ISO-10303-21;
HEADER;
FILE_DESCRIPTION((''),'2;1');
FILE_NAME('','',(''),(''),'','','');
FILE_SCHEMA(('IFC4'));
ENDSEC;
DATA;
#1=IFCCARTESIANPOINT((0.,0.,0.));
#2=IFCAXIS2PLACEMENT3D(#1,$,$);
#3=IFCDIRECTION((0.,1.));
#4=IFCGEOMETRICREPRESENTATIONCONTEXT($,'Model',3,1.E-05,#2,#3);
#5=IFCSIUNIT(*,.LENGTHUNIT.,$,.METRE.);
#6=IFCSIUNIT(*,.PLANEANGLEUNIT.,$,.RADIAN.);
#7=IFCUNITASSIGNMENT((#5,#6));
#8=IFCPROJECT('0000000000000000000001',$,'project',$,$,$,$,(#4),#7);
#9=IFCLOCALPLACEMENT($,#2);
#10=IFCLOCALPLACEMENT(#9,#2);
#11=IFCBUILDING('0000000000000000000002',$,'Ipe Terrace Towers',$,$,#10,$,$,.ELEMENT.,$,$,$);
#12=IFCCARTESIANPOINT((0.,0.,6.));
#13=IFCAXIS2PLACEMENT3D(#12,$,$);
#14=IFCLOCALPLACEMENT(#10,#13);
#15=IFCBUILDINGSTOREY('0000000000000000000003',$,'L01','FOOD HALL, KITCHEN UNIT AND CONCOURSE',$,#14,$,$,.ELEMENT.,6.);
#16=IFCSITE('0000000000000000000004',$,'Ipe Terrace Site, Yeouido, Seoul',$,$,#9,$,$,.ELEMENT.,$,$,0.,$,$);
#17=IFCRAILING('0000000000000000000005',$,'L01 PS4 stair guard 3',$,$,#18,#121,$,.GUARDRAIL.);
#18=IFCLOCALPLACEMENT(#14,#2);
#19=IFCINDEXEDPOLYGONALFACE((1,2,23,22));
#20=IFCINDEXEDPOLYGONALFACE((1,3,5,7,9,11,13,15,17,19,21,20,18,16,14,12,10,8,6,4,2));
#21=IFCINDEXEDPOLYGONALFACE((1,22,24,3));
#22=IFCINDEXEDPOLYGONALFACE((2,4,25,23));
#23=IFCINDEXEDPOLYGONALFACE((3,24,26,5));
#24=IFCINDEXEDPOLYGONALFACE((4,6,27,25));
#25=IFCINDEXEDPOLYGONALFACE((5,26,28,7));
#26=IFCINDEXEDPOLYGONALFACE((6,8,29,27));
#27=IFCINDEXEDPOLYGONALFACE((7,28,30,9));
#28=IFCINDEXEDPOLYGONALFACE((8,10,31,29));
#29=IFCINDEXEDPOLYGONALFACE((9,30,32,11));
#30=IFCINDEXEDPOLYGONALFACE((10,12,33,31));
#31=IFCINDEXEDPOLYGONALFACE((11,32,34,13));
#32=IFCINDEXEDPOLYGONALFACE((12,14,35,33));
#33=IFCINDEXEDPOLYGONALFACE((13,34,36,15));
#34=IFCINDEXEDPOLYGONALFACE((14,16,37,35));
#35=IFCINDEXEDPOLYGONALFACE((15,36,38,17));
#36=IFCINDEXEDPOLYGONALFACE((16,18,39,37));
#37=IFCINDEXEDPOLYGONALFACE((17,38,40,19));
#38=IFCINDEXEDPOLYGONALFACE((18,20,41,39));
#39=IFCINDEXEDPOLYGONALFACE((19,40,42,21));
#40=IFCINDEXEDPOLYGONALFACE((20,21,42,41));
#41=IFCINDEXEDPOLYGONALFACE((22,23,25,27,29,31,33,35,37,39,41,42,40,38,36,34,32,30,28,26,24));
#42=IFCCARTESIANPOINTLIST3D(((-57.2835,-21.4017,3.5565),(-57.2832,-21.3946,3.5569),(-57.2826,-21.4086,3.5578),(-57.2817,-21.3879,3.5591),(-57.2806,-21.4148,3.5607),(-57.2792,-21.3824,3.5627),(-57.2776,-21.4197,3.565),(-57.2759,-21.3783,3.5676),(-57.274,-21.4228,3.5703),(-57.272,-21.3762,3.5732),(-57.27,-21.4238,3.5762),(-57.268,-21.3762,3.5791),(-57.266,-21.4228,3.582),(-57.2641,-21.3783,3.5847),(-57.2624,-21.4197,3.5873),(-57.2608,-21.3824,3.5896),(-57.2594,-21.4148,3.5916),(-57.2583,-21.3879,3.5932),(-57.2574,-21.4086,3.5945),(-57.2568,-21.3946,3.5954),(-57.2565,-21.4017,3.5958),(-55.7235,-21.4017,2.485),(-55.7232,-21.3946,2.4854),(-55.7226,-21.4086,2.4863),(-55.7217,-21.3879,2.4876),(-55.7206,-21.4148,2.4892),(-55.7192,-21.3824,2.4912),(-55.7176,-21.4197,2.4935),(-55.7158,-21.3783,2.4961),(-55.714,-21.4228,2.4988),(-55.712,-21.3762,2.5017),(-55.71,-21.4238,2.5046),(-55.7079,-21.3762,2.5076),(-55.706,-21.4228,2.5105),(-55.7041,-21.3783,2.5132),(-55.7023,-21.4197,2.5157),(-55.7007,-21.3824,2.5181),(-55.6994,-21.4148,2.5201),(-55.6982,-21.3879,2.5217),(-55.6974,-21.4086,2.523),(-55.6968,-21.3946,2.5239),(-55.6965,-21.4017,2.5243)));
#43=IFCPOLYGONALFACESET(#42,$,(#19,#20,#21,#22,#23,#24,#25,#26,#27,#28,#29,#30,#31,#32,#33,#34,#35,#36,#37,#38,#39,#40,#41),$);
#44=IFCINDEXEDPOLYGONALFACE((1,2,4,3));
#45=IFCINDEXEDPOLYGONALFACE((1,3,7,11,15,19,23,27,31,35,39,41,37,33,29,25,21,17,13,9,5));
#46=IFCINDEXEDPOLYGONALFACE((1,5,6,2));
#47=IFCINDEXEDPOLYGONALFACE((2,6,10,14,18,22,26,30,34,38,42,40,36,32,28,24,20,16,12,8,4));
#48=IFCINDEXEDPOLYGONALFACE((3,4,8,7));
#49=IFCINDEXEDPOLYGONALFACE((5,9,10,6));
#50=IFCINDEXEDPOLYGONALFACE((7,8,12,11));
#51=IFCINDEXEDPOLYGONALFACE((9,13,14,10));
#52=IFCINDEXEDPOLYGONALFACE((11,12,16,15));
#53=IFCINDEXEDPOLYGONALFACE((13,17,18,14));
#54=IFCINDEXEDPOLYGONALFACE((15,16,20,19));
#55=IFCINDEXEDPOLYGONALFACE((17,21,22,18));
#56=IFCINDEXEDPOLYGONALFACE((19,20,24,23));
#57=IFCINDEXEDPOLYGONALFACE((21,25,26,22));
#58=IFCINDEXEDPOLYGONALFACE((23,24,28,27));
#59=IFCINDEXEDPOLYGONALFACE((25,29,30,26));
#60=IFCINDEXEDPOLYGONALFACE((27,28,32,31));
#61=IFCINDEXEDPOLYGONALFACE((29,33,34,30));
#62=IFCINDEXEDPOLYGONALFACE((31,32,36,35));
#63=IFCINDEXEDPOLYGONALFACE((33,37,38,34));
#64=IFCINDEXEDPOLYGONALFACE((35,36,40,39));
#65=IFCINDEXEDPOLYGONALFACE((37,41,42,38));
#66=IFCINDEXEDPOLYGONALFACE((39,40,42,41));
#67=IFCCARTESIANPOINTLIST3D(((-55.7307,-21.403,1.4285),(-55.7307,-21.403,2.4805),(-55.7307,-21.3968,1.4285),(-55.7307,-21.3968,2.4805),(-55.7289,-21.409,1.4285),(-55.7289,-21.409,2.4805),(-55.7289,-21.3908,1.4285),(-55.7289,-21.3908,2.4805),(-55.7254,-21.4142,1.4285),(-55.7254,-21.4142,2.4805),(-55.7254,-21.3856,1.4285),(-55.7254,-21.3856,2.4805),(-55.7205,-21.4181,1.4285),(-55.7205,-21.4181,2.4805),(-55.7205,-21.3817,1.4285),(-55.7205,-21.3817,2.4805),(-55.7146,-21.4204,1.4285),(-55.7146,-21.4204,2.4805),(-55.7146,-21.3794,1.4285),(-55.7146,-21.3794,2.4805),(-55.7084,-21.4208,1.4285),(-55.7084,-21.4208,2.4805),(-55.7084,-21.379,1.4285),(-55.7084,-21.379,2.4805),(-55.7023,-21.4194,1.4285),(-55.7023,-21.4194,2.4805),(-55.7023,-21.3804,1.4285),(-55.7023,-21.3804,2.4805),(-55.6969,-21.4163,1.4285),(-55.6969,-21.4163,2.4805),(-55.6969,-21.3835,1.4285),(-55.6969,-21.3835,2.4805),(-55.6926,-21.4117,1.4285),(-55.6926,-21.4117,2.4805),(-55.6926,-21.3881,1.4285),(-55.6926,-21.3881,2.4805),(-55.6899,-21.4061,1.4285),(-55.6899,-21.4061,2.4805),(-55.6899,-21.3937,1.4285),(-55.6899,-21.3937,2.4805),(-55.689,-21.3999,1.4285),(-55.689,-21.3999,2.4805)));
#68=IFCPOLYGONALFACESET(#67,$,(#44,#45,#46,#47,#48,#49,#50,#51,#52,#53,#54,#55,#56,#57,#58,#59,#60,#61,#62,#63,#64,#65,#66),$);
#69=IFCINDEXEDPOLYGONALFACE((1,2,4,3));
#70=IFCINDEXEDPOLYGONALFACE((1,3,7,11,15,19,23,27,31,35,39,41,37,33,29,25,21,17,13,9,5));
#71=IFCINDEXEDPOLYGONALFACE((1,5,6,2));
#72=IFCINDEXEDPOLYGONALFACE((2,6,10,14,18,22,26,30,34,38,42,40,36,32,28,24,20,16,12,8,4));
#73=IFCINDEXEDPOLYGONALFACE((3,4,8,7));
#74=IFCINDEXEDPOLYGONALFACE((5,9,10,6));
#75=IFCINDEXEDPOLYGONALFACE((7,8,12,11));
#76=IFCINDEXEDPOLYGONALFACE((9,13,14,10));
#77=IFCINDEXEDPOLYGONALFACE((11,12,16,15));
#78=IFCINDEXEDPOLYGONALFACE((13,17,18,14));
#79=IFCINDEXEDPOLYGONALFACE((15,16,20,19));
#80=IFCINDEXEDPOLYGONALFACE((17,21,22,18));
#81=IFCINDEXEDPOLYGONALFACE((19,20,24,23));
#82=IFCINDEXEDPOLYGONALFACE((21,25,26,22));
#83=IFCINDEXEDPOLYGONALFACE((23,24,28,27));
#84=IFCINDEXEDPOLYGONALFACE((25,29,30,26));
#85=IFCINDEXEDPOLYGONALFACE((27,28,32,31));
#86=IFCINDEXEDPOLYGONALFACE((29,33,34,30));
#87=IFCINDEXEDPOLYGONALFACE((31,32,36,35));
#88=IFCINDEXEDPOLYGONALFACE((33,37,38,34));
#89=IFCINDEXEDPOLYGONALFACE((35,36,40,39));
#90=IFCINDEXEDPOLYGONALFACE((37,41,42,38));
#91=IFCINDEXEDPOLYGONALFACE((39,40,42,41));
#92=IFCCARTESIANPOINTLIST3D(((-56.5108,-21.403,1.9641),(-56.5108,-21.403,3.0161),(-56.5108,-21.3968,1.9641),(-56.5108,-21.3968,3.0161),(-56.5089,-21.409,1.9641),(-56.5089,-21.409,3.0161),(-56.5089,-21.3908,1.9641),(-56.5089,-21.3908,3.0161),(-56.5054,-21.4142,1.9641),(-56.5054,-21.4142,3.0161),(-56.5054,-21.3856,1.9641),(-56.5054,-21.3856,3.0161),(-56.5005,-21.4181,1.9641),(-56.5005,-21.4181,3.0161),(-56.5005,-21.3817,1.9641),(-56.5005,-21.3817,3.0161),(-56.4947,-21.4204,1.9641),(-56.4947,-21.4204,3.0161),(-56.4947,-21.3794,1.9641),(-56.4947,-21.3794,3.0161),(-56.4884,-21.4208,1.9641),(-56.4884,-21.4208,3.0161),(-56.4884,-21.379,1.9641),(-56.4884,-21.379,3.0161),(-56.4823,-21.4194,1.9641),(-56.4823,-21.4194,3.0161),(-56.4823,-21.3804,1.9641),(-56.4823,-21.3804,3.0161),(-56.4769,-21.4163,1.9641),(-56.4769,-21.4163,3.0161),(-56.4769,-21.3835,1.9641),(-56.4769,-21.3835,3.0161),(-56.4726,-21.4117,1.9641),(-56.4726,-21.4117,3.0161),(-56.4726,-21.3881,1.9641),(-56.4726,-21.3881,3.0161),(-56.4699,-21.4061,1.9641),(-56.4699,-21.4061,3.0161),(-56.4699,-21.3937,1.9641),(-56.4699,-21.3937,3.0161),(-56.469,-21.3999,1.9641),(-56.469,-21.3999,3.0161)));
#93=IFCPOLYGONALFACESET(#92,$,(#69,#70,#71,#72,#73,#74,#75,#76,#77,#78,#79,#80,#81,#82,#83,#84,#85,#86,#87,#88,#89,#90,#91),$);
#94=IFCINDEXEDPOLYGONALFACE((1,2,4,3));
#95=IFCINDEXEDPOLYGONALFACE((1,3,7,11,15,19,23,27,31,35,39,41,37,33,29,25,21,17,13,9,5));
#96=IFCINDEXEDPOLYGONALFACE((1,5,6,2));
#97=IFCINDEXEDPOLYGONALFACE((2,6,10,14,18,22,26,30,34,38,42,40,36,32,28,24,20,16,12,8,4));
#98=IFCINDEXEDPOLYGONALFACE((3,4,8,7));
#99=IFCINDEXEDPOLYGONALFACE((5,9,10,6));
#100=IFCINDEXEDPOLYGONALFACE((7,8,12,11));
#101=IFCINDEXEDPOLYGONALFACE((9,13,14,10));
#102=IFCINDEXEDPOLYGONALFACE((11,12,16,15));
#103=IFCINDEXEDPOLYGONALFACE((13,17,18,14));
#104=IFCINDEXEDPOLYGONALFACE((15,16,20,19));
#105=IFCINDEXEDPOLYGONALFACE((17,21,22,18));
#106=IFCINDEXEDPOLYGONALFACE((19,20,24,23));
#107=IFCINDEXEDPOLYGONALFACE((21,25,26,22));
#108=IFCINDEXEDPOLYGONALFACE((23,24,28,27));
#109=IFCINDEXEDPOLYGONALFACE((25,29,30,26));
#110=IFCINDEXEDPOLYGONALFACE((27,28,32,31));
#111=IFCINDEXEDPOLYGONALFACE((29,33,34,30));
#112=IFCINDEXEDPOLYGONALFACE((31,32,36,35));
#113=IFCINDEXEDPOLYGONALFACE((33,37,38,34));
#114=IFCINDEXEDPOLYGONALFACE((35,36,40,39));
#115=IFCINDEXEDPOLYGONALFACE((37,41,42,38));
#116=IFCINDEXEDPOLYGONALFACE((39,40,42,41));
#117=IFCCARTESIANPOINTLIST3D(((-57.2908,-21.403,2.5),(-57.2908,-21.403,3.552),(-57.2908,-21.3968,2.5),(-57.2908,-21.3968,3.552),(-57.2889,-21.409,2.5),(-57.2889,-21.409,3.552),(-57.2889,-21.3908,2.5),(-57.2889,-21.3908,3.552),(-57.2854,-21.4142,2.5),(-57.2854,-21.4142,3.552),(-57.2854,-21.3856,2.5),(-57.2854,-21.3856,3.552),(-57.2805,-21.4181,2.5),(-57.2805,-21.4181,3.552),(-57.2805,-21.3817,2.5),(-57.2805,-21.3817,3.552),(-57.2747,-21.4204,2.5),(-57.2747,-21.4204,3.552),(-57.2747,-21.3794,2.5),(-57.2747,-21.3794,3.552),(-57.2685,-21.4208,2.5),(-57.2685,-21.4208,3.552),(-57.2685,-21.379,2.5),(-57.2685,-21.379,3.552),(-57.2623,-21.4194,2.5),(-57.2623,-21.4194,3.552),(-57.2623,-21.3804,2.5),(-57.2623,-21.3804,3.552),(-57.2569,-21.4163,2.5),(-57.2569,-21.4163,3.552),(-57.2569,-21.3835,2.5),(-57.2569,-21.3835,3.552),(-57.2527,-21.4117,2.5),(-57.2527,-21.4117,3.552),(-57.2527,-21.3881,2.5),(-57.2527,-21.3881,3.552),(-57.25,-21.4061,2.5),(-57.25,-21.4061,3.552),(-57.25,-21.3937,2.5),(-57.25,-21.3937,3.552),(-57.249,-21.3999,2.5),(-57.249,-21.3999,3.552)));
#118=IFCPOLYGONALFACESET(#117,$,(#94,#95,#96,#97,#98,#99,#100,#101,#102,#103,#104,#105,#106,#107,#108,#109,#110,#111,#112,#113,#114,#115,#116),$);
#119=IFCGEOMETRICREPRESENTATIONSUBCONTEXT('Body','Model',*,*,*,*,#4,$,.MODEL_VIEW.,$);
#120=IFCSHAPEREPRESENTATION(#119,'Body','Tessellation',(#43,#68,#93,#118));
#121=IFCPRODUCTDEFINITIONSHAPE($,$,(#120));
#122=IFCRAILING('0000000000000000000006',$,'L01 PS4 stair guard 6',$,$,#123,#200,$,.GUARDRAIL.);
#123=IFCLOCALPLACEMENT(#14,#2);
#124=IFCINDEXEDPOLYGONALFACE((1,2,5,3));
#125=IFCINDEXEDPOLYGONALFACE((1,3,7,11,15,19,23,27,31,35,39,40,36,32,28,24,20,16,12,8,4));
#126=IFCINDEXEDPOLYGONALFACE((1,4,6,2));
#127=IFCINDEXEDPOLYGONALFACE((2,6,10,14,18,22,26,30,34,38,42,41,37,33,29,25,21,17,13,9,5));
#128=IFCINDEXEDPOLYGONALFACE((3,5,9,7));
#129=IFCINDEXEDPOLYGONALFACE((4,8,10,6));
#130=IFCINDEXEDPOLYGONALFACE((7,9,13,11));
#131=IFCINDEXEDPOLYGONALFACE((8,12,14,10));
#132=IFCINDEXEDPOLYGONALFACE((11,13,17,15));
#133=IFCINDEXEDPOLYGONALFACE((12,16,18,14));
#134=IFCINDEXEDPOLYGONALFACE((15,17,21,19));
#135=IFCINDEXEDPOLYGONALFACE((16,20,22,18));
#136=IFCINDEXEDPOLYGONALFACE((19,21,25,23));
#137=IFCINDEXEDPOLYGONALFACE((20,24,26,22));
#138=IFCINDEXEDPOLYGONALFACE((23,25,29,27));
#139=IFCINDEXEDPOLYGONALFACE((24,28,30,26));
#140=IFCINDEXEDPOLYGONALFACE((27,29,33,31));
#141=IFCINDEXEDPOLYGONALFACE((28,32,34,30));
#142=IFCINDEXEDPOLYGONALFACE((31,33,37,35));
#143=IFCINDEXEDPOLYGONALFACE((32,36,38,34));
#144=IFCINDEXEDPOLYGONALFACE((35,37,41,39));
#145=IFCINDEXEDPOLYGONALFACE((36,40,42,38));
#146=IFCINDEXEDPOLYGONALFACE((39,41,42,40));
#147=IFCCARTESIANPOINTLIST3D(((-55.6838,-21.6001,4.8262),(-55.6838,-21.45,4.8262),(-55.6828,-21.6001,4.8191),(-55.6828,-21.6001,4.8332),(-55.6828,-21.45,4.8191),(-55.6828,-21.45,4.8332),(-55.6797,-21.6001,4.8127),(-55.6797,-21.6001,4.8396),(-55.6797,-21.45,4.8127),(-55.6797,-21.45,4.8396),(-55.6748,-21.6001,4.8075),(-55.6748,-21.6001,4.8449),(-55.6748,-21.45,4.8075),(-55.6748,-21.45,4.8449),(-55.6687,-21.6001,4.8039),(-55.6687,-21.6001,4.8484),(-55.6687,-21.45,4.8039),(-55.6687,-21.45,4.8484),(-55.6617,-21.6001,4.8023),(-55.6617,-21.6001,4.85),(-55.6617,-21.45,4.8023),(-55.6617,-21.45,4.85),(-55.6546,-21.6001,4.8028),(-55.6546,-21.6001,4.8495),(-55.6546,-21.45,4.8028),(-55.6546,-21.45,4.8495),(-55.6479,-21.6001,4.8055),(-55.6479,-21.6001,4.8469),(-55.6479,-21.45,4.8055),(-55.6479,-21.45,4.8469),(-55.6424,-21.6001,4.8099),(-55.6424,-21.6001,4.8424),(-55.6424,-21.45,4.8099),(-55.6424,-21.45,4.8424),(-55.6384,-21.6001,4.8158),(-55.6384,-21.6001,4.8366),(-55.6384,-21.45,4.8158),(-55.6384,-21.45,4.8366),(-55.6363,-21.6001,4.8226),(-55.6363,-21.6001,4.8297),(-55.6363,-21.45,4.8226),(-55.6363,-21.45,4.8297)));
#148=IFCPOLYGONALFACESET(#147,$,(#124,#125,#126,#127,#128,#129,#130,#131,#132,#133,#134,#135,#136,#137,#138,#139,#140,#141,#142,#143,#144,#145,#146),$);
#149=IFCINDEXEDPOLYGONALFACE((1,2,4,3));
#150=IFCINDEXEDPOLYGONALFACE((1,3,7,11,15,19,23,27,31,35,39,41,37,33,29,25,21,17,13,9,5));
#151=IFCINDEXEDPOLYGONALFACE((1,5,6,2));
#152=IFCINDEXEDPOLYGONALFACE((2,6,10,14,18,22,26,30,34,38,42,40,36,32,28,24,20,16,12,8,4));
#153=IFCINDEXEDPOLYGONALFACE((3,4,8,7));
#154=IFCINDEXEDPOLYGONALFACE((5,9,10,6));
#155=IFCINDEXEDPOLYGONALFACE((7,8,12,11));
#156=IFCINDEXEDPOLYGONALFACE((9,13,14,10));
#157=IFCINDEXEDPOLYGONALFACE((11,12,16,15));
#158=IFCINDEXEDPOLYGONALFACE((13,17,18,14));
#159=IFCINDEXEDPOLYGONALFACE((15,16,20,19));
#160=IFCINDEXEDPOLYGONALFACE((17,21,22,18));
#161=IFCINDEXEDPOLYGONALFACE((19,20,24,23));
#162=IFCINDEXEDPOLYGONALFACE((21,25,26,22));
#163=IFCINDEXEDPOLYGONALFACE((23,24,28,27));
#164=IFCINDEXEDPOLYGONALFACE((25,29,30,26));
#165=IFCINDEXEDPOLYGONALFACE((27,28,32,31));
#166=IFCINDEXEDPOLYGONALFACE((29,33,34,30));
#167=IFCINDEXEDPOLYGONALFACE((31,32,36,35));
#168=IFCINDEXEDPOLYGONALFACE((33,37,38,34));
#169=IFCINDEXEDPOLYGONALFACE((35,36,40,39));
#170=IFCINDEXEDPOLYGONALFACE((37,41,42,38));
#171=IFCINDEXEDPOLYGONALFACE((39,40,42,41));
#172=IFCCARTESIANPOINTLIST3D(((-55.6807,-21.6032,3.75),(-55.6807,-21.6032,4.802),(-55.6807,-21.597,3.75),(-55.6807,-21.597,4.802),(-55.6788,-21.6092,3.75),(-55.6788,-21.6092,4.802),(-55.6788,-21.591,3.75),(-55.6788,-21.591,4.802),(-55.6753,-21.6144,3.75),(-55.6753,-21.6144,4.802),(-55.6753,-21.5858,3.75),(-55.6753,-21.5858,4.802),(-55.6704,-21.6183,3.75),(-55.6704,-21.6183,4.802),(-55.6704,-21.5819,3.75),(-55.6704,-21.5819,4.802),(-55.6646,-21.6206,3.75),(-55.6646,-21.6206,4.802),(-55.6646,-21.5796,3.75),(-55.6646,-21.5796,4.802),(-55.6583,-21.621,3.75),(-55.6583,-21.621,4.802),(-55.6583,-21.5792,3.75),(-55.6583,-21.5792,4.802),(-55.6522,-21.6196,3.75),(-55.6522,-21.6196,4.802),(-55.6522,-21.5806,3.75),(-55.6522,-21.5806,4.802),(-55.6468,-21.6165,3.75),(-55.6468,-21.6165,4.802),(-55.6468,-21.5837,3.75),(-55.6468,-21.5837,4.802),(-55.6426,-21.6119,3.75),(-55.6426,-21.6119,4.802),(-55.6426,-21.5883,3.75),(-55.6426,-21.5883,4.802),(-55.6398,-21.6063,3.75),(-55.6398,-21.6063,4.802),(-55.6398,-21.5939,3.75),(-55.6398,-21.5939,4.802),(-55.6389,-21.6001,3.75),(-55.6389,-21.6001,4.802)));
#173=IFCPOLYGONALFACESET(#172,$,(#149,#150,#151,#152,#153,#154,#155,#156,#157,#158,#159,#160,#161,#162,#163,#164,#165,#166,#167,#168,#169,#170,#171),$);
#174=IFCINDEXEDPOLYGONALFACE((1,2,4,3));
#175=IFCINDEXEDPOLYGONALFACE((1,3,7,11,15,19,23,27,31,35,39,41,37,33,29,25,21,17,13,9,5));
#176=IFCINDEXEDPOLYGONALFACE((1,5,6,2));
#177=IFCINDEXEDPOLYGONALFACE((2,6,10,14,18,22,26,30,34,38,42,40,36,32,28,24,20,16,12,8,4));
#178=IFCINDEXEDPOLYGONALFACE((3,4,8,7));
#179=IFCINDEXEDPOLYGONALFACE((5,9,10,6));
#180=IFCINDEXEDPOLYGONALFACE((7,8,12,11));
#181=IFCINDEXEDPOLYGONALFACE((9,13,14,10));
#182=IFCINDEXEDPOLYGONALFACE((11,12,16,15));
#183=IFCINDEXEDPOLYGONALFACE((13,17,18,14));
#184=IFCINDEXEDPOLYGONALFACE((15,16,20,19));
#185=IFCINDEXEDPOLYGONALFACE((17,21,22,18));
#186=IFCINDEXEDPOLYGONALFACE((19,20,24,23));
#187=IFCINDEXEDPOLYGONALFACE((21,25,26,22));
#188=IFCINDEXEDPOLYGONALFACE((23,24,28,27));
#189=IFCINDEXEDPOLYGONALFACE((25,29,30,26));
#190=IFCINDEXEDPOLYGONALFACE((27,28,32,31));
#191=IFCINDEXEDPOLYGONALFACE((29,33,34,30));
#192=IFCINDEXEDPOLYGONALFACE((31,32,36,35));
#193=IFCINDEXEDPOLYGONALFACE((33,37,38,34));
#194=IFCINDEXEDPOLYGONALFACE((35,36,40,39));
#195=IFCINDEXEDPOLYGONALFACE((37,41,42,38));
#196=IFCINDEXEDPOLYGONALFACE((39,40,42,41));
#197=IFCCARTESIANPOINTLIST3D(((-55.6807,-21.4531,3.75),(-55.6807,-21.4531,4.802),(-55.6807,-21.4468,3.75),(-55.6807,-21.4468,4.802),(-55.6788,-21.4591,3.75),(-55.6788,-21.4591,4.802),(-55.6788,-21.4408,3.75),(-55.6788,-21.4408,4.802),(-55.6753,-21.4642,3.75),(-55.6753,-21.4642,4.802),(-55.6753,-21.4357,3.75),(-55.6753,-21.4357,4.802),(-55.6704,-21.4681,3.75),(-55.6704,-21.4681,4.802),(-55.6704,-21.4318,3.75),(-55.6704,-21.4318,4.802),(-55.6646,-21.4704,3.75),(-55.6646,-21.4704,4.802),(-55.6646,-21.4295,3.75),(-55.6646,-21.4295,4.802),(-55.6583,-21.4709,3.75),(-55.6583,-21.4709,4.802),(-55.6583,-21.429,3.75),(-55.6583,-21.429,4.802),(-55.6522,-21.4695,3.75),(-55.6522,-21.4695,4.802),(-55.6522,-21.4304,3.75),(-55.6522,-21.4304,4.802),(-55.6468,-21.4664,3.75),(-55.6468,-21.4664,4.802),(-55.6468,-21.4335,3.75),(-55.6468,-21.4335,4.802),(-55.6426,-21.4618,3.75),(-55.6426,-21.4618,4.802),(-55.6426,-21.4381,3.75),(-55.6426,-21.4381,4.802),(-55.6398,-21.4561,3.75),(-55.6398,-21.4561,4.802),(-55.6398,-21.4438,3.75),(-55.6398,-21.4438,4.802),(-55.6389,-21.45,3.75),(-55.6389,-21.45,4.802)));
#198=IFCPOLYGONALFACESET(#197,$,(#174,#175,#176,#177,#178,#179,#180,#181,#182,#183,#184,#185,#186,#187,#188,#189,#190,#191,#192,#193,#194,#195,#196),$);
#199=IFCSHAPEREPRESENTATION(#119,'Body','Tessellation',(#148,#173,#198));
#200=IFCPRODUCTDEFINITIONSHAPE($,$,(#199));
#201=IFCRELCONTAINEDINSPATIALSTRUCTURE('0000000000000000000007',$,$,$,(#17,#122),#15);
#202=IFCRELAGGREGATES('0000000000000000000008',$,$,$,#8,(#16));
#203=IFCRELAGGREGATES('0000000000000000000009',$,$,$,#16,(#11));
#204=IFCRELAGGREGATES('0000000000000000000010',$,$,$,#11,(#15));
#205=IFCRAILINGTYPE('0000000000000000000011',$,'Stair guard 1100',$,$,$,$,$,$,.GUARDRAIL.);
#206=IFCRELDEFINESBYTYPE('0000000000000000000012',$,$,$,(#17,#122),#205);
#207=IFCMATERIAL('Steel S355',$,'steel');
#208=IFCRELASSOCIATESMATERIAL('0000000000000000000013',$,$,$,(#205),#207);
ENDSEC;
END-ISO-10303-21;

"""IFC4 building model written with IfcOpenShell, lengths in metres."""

from ifc_helpers import new_model, si_unit, direction, frame, origin, origin_2d, place, context, subcontext, project, spatial, circle, extrude, material, type_object, element, save


model = new_model("IFC4")

# Units and contexts
model_context = context("Model", 3, precision=1e-05, world=origin(), true_north=direction((0.0, 1.0)))
body_context = subcontext(model_context, "Body", "Model", "MODEL_VIEW")
ifc_project = project(units=[si_unit("LENGTHUNIT", "METRE"), si_unit("PLANEANGLEUNIT", "RADIAN")], contexts=[model_context])

# Site, building, storey
site_placement = place(None, origin())
site = spatial("IfcSite", under=ifc_project, at=site_placement, Name="Ipe Terrace Site, Yeouido, Seoul", CompositionType="ELEMENT", RefElevation=0.0)
building_placement = place(site_placement, origin())
building = spatial("IfcBuilding", under=site, at=building_placement, Name="Ipe Terrace Towers", CompositionType="ELEMENT")
storey_placement = place(building_placement, frame((0.0, 0.0, 6.0)))
storey = spatial("IfcBuildingStorey", under=building, at=storey_placement, Name="L01", Description="FOOD HALL, KITCHEN UNIT AND CONCOURSE", CompositionType="ELEMENT", Elevation=6.0)

# Railings
ifc_material_1 = material(Name="Steel S355", Category="steel")
railing_type_1 = type_object("IfcRailingType", Name="Stair guard 1100", PredefinedType="GUARDRAIL", material=ifc_material_1)
railing_1_placement = place(storey_placement, frame((-55.71, -21.3999, 1.4285)))
element("IfcRailing", 1, at=railing_1_placement, inside=storey, type_object=railing_type_1, Name="L01 PS4 stair guard 3", PredefinedType="GUARDRAIL", context=body_context, shape_type="SweptSolid", body=[
    extrude(circle(Radius=0.0239, at=origin_2d()), frame((0.0, 0.0, 1.0762), z_axis=(-0.82429, 0.0, 0.566167), x_axis=(0.0, -1.0, 0.0)), (0.0, 0.0, 1.0), 1.8926),
    extrude(circle(Radius=0.021, at=origin_2d()), origin(), (0.0, 0.0, 1.0), 1.052),
    extrude(circle(Radius=0.021, at=origin_2d()), frame((-0.78, 0.0, 0.5356)), (0.0, 0.0, 1.0), 1.052),
    extrude(circle(Radius=0.021, at=origin_2d()), frame((-1.5601, 0.0, 1.0715)), (0.0, 0.0, 1.0), 1.052),
])
railing_2_placement = place(storey_placement, frame((-55.6599, -21.6001, 3.75)))
element("IfcRailing", 2, at=railing_2_placement, inside=storey, type_object=railing_type_1, Name="L01 PS4 stair guard 6", PredefinedType="GUARDRAIL", context=body_context, shape_type="SweptSolid", body=[
    extrude(circle(Radius=0.0239, at=origin_2d()), frame((0.0, 0.0, 1.0762), z_axis=(0.0, 1.0, 0.0), x_axis=(-1.0, 0.0, 0.0)), (0.0, 0.0, 1.0), 0.1501),
    extrude(circle(Radius=0.021, at=origin_2d()), origin(), (0.0, 0.0, 1.0), 1.052),
    extrude(circle(Radius=0.021, at=origin_2d()), frame((0.0, 0.1501, 0.0)), (0.0, 0.0, 1.0), 1.052),
])

save(model, "model.ifc")
